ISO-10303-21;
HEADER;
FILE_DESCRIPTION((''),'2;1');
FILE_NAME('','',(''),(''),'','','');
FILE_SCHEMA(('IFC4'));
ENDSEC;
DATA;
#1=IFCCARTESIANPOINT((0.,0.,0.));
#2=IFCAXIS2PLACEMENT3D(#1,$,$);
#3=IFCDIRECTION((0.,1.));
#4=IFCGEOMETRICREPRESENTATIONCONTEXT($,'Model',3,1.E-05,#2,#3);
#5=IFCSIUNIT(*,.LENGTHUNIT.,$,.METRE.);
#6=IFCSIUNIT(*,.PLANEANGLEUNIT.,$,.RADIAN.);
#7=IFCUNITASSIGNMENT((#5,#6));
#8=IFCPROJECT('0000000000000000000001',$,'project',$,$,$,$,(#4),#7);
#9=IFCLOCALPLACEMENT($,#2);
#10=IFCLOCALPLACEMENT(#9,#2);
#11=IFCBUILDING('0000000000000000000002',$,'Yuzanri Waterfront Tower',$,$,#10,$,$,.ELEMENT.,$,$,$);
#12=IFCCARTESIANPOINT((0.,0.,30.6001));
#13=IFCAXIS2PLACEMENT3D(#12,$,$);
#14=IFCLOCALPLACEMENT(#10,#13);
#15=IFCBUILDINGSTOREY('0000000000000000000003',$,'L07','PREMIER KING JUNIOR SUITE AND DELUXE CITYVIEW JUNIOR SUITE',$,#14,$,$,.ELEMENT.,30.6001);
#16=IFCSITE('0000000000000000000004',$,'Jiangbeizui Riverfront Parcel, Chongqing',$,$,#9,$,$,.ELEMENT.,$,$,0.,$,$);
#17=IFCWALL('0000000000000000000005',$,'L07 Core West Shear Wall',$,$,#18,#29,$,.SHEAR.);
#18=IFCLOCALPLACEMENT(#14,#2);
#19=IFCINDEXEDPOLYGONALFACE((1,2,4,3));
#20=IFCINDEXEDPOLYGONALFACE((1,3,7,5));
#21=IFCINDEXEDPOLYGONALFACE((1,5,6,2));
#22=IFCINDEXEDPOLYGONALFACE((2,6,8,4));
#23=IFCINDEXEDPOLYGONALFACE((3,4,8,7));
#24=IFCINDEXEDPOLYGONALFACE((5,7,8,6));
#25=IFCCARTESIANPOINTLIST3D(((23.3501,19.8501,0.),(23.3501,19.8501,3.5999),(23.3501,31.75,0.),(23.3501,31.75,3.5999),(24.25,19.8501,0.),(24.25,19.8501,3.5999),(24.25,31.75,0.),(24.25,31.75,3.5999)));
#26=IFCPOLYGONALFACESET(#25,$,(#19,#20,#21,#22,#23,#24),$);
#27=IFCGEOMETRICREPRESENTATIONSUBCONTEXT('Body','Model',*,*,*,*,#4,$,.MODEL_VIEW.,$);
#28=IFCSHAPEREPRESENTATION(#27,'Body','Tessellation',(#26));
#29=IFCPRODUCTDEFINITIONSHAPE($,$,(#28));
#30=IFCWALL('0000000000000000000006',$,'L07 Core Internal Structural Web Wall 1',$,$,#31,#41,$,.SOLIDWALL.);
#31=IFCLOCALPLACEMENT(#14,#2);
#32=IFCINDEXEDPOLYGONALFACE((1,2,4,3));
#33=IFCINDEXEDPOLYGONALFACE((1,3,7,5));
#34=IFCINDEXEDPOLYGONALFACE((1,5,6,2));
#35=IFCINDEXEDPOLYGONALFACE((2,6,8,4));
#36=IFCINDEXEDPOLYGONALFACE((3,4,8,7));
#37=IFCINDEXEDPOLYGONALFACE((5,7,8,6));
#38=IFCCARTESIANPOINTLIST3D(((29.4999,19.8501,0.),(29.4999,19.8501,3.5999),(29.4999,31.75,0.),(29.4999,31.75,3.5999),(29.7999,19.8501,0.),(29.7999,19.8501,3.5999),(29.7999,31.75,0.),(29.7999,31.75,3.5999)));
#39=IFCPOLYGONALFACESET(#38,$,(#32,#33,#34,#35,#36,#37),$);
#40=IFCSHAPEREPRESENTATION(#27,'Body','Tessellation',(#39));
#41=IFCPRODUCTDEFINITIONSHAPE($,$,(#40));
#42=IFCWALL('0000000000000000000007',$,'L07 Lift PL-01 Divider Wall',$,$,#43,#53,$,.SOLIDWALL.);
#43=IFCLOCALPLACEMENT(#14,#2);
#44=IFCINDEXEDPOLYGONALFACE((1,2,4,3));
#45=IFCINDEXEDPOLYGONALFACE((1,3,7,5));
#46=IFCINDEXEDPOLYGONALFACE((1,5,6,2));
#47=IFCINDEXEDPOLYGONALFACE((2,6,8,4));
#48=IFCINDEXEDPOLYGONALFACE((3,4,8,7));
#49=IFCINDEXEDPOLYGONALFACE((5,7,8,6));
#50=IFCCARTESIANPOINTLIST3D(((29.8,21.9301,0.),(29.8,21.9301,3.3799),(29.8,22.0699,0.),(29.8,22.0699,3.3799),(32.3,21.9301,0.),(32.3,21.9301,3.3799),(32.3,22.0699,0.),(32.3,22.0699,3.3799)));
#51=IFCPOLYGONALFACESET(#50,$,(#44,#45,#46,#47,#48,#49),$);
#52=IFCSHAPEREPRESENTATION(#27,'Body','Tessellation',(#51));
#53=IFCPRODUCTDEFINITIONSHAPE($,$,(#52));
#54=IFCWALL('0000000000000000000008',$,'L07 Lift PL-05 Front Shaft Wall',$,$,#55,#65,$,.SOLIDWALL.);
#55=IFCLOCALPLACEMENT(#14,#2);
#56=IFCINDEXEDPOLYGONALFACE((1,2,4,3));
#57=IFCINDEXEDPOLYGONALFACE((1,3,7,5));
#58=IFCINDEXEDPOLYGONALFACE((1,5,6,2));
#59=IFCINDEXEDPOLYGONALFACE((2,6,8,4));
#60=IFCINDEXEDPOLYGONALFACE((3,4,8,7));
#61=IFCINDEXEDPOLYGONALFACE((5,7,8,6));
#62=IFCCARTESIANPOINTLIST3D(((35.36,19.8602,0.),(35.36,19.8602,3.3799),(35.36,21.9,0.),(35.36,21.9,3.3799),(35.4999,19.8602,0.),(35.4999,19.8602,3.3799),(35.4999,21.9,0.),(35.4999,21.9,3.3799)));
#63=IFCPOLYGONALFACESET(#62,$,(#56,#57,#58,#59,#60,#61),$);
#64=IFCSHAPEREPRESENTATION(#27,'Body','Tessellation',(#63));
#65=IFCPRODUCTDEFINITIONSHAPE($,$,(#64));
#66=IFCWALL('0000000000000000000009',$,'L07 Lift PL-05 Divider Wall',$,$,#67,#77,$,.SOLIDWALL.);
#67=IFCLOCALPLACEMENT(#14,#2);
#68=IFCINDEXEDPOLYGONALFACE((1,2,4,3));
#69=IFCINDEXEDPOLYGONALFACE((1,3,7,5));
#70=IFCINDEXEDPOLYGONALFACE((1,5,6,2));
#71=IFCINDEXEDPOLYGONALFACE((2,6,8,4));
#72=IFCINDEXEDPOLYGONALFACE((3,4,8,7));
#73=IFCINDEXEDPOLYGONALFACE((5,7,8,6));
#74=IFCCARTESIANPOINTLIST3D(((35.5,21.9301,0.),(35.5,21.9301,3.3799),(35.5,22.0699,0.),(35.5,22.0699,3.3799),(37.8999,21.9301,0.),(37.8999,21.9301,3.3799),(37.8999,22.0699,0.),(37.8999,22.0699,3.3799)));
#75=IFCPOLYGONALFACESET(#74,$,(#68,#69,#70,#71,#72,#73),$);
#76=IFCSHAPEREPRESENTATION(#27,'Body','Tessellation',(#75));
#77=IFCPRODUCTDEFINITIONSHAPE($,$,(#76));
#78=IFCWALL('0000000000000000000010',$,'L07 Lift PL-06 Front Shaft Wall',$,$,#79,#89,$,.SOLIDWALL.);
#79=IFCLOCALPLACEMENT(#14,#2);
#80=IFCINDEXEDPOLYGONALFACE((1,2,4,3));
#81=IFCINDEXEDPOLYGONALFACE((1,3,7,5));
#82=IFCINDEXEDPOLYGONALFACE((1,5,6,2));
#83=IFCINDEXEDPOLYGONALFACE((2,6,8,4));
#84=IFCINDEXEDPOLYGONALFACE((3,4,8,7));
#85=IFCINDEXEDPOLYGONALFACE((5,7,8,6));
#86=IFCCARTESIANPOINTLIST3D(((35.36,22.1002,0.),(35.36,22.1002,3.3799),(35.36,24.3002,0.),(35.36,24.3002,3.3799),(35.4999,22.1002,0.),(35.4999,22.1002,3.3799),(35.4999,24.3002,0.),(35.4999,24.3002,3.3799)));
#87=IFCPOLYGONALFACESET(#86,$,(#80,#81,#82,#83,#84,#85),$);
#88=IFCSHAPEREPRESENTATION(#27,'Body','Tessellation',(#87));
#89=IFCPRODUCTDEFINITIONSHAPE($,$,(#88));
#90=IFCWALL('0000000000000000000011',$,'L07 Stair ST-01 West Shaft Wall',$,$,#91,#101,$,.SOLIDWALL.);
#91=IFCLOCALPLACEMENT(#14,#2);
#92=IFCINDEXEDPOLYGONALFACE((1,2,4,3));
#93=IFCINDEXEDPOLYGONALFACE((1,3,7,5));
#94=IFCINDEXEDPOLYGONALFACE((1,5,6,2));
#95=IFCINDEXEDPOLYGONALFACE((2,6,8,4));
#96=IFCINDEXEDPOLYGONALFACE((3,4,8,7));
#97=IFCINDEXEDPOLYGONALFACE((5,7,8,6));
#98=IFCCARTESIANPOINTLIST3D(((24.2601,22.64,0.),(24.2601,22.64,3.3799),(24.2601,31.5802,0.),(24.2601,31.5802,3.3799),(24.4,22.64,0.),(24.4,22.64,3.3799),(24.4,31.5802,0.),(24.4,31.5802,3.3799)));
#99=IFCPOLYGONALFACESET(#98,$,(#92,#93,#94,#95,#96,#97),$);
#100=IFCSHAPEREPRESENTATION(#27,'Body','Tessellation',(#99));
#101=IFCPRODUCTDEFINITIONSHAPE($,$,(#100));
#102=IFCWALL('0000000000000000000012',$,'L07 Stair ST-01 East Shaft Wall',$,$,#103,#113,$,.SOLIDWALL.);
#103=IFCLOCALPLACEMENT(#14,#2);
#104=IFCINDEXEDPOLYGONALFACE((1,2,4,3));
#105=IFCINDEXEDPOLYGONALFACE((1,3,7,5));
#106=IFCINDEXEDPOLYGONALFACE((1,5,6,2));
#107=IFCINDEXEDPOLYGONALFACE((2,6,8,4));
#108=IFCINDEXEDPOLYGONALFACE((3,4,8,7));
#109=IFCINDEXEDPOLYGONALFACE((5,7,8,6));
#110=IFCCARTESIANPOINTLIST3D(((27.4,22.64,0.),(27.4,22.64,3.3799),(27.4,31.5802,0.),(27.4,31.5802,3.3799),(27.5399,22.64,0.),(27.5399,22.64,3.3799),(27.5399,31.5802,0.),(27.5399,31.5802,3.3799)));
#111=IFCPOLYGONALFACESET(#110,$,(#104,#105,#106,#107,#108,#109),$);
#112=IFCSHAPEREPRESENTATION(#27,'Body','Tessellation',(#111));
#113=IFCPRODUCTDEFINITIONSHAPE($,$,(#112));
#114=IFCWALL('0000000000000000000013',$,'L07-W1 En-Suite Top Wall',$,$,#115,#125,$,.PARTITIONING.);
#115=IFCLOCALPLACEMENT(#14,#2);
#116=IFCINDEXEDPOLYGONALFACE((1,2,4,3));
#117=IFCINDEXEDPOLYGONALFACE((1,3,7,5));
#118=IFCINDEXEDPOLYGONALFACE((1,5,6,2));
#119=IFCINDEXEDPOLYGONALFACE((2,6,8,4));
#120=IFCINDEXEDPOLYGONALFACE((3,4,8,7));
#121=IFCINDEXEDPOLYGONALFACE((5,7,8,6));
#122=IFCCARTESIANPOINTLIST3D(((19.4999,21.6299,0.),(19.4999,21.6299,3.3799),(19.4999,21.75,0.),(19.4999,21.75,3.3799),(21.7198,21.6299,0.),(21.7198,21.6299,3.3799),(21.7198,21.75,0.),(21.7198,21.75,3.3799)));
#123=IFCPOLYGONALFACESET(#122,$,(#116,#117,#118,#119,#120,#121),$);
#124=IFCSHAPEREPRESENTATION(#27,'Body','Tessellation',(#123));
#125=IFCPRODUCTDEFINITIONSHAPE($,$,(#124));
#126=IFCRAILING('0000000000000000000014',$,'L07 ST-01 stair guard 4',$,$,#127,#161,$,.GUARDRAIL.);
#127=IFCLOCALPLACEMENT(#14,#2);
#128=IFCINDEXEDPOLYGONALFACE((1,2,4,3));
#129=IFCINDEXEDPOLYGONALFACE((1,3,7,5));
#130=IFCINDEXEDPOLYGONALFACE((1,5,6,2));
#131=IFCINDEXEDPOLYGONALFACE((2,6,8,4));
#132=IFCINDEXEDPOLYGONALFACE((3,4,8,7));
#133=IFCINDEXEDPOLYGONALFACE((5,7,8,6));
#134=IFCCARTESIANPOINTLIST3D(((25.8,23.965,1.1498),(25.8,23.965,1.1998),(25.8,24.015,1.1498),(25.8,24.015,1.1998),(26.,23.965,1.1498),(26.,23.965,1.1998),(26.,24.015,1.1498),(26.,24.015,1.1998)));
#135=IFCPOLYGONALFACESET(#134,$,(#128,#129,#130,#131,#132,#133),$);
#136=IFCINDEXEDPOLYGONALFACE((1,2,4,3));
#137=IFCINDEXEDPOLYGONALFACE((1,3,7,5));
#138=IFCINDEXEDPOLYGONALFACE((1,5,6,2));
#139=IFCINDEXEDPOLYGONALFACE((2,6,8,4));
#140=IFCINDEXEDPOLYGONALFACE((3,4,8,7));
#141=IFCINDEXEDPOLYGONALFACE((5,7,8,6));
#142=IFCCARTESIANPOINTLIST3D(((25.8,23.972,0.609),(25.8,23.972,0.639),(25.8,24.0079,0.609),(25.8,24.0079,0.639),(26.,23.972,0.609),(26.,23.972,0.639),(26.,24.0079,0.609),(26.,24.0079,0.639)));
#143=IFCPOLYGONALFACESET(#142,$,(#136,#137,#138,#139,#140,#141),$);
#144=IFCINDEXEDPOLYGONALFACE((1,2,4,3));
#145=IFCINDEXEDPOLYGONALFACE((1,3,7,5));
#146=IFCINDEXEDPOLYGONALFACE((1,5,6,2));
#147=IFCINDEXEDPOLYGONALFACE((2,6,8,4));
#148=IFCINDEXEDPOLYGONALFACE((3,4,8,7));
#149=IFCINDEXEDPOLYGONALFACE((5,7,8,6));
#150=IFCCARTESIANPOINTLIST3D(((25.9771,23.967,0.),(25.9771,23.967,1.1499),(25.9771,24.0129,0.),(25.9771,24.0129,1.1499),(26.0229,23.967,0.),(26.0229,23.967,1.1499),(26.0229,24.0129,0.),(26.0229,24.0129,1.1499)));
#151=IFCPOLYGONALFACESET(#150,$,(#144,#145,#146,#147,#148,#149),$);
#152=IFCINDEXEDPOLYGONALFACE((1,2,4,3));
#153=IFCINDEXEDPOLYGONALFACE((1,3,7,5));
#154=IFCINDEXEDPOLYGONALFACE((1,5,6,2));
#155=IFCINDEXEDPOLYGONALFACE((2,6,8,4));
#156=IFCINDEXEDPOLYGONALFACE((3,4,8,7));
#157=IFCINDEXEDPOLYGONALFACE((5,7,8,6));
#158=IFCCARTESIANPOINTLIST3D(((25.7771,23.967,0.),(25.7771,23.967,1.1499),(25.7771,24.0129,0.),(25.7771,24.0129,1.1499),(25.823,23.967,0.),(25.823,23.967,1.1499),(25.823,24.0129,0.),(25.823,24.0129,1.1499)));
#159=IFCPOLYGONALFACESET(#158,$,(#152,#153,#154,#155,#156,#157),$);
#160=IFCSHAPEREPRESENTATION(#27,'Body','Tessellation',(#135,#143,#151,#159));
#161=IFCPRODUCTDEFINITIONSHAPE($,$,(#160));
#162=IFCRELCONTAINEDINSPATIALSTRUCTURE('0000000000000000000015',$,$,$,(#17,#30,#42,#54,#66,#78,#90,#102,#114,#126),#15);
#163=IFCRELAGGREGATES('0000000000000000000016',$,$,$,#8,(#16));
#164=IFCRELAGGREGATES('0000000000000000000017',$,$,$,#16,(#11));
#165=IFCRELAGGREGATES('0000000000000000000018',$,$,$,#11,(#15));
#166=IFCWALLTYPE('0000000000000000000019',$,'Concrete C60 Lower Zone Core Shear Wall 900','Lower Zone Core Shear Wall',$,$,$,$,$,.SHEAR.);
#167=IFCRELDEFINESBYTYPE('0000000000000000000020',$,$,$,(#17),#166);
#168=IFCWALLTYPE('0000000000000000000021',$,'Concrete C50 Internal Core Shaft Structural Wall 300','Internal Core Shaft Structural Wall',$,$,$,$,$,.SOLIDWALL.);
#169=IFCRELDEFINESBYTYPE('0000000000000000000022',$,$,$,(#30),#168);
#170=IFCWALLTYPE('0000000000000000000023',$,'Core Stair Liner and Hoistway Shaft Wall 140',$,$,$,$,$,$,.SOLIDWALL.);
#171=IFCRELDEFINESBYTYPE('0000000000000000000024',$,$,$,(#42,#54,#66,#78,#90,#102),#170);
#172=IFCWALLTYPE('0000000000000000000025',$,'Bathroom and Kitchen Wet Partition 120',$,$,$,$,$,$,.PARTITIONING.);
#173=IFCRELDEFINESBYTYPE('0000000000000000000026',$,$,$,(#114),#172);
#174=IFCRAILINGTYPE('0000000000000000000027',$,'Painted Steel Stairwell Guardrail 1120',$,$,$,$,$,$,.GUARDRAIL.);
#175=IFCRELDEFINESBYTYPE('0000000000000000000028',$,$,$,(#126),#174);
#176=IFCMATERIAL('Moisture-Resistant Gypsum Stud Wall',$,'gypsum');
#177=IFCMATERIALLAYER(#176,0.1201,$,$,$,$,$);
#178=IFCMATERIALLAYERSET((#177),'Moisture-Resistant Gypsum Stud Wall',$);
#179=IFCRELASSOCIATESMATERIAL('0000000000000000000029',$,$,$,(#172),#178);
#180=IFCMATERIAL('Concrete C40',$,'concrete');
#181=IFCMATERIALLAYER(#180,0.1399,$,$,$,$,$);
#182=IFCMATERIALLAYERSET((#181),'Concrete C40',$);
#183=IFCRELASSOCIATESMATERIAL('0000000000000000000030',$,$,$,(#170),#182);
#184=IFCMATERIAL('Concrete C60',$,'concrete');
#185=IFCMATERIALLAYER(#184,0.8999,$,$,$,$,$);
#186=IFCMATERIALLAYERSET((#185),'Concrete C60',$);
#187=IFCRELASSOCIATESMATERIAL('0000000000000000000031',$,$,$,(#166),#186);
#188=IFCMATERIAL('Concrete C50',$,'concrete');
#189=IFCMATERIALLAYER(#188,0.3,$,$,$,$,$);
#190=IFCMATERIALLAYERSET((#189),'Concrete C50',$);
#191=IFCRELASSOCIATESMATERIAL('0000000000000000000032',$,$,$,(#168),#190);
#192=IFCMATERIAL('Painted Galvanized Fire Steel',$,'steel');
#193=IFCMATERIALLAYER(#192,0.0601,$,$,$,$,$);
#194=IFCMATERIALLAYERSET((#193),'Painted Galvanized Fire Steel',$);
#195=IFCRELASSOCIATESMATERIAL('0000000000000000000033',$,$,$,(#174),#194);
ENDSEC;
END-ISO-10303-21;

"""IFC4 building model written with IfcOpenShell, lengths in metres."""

from ifc_helpers import new_model, si_unit, direction, frame, frame_2d, origin, origin_2d, place, context, subcontext, project, spatial, rectangle, extrude, source, transform, mapped, material, layer, layer_set, type_object, element, save


model = new_model("IFC4")

# Units and contexts
model_context = context("Model", 3, precision=1e-05, world=origin(), true_north=direction((0.0, 1.0)))
body_context = subcontext(model_context, "Body", "Model", "MODEL_VIEW")
ifc_project = project(units=[si_unit("LENGTHUNIT", "METRE"), si_unit("PLANEANGLEUNIT", "RADIAN")], contexts=[model_context])

# Site, building, storey
site_placement = place(None, origin())
site = spatial("IfcSite", under=ifc_project, at=site_placement, Name="Jiangbeizui Riverfront Parcel, Chongqing", CompositionType="ELEMENT", RefElevation=0.0)
building_placement = place(site_placement, origin())
building = spatial("IfcBuilding", under=site, at=building_placement, Name="Yuzanri Waterfront Tower", CompositionType="ELEMENT")
storey_placement = place(building_placement, frame((0.0, 0.0, 30.6001)))
storey = spatial("IfcBuildingStorey", under=building, at=storey_placement, Name="L07", Description="PREMIER KING JUNIOR SUITE AND DELUXE CITYVIEW JUNIOR SUITE", CompositionType="ELEMENT", Elevation=30.6001)

# Shared definitions
ifc_material_1 = material(Name="Moisture-Resistant Gypsum Stud Wall", Category="gypsum")
ifc_layer_1 = layer(ifc_material_1, 0.1201)
ifc_layer_set_1 = layer_set([ifc_layer_1], Name="Moisture-Resistant Gypsum Stud Wall")
wall_type_1 = type_object("IfcWallType", Name="Bathroom and Kitchen Wet Partition 120", PredefinedType="PARTITIONING", material=ifc_layer_set_1)
ifc_material_2 = material(Name="Concrete C40", Category="concrete")
ifc_layer_2 = layer(ifc_material_2, 0.1399)
ifc_layer_set_2 = layer_set([ifc_layer_2], Name="Concrete C40")
wall_type_2 = type_object("IfcWallType", Name="Core Stair Liner and Hoistway Shaft Wall 140", PredefinedType="SOLIDWALL", material=ifc_layer_set_2)

# Walls
ifc_material_3 = material(Name="Concrete C60", Category="concrete")
ifc_layer_3 = layer(ifc_material_3, 0.8999)
ifc_layer_set_3 = layer_set([ifc_layer_3], Name="Concrete C60")
wall_type_3 = type_object("IfcWallType", Name="Concrete C60 Lower Zone Core Shear Wall 900", Description="Lower Zone Core Shear Wall", PredefinedType="SHEAR", material=ifc_layer_set_3)
shared_shape_1 = source(origin(), body_context, "Body", "SweptSolid", [
    extrude(rectangle(XDim=11.8999, YDim=0.8999, at=frame_2d((5.95, 0.0))), origin(), (0.0, 0.0, 1.0), 3.5999),
])
wall_1_placement = place(storey_placement, frame((23.8, 19.8501, 0.0), z_axis=(0.0, 0.0, 1.0), x_axis=(0.0, 1.0, 0.0)))
element("IfcWall", 1, at=wall_1_placement, inside=storey, type_object=wall_type_3, Name="L07 Core West Shear Wall", PredefinedType="SHEAR", context=body_context, shape_type="MappedRepresentation", body=[
    mapped(shared_shape_1, transform((0.0, 0.0, 0.0), scale=1.0)),
])
ifc_material_4 = material(Name="Concrete C50", Category="concrete")
ifc_layer_4 = layer(ifc_material_4, 0.3)
ifc_layer_set_4 = layer_set([ifc_layer_4], Name="Concrete C50")
wall_type_4 = type_object("IfcWallType", Name="Concrete C50 Internal Core Shaft Structural Wall 300", Description="Internal Core Shaft Structural Wall", PredefinedType="SOLIDWALL", material=ifc_layer_set_4)
shared_shape_2 = source(origin(), body_context, "Body", "SweptSolid", [
    extrude(rectangle(XDim=11.8999, YDim=0.3, at=frame_2d((5.95, 0.0))), origin(), (0.0, 0.0, 1.0), 3.5999),
])
wall_2_placement = place(storey_placement, frame((29.6499, 19.8501, 0.0), z_axis=(0.0, 0.0, 1.0), x_axis=(0.0, 1.0, 0.0)))
element("IfcWall", 2, at=wall_2_placement, inside=storey, type_object=wall_type_4, Name="L07 Core Internal Structural Web Wall 1", PredefinedType="SOLIDWALL", context=body_context, shape_type="MappedRepresentation", body=[
    mapped(shared_shape_2, transform((0.0, 0.0, 0.0), scale=1.0)),
])
shared_shape_3 = source(origin(), body_context, "Body", "SweptSolid", [
    extrude(rectangle(XDim=2.5, YDim=0.1399, at=frame_2d((1.25, 0.0))), origin(), (0.0, 0.0, 1.0), 3.3799),
])
wall_3_placement = place(storey_placement, frame((29.8, 22.0, 0.0), z_axis=(0.0, 0.0, 1.0), x_axis=(1.0, 0.0, 0.0)))
element("IfcWall", 3, at=wall_3_placement, inside=storey, type_object=wall_type_2, Name="L07 Lift PL-01 Divider Wall", PredefinedType="SOLIDWALL", context=body_context, shape_type="MappedRepresentation", body=[
    mapped(shared_shape_3, transform((0.0, 0.0, 0.0), scale=1.0)),
])
shared_shape_4 = source(origin(), body_context, "Body", "SweptSolid", [
    extrude(rectangle(XDim=2.0398, YDim=0.1399, at=frame_2d((1.02, 0.0))), origin(), (0.0, 0.0, 1.0), 3.3799),
])
wall_4_placement = place(storey_placement, frame((35.4299, 19.8601, 0.0), z_axis=(0.0, 0.0, 1.0), x_axis=(0.0, 1.0, 0.0)))
element("IfcWall", 4, at=wall_4_placement, inside=storey, type_object=wall_type_2, Name="L07 Lift PL-05 Front Shaft Wall", PredefinedType="SOLIDWALL", context=body_context, shape_type="MappedRepresentation", body=[
    mapped(shared_shape_4, transform((0.0, 0.0, 0.0), scale=1.0)),
])
shared_shape_5 = source(origin(), body_context, "Body", "SweptSolid", [
    extrude(rectangle(XDim=2.3999, YDim=0.1399, at=frame_2d((1.2, 0.0))), origin(), (0.0, 0.0, 1.0), 3.3799),
])
wall_5_placement = place(storey_placement, frame((35.5, 22.0, 0.0), z_axis=(0.0, 0.0, 1.0), x_axis=(1.0, 0.0, 0.0)))
element("IfcWall", 5, at=wall_5_placement, inside=storey, type_object=wall_type_2, Name="L07 Lift PL-05 Divider Wall", PredefinedType="SOLIDWALL", context=body_context, shape_type="MappedRepresentation", body=[
    mapped(shared_shape_5, transform((0.0, 0.0, 0.0), scale=1.0)),
])
shared_shape_6 = source(origin(), body_context, "Body", "SweptSolid", [
    extrude(rectangle(XDim=2.2, YDim=0.1399, at=frame_2d((1.1001, 0.0))), origin(), (0.0, 0.0, 1.0), 3.3799),
])
wall_6_placement = place(storey_placement, frame((35.4299, 22.1001, 0.0), z_axis=(0.0, 0.0, 1.0), x_axis=(0.0, 1.0, 0.0)))
element("IfcWall", 6, at=wall_6_placement, inside=storey, type_object=wall_type_2, Name="L07 Lift PL-06 Front Shaft Wall", PredefinedType="SOLIDWALL", context=body_context, shape_type="MappedRepresentation", body=[
    mapped(shared_shape_6, transform((0.0, 0.0, 0.0), scale=1.0)),
])
shared_shape_7 = source(origin(), body_context, "Body", "SweptSolid", [
    extrude(rectangle(XDim=8.9402, YDim=0.1399, at=frame_2d((4.4702, 0.0))), origin(), (0.0, 0.0, 1.0), 3.3799),
])
for number, where, z_axis, x_axis, name in (
    (7, (24.3301, 22.6399, 0.0), (0.0, 0.0, 1.0), (0.0, 1.0, 0.0), "L07 Stair ST-01 West Shaft Wall"),
    (8, (27.47, 22.6399, 0.0), (0.0, 0.0, 1.0), (0.0, 1.0, 0.0), "L07 Stair ST-01 East Shaft Wall"),
):
    element("IfcWall", number, at=place(storey_placement, frame(where, z_axis=z_axis, x_axis=x_axis)), inside=storey, type_object=wall_type_2, Name=name, PredefinedType="SOLIDWALL", context=body_context, shape_type="MappedRepresentation", body=[
        mapped(shared_shape_7, transform((0.0, 0.0, 0.0), scale=1.0)),
    ])
shared_shape_8 = source(origin(), body_context, "Body", "SweptSolid", [
    extrude(rectangle(XDim=2.22, YDim=0.1201, at=frame_2d((1.1099, 0.0))), origin(), (0.0, 0.0, 1.0), 3.3799),
])
wall_7_placement = place(storey_placement, frame((19.5, 21.6899, 0.0), z_axis=(0.0, 0.0, 1.0), x_axis=(1.0, 0.0, 0.0)))
element("IfcWall", 9, at=wall_7_placement, inside=storey, type_object=wall_type_1, Name="L07-W1 En-Suite Top Wall", PredefinedType="PARTITIONING", context=body_context, shape_type="MappedRepresentation", body=[
    mapped(shared_shape_8, transform((0.0, 0.0, 0.0), scale=1.0)),
])

# Railing
ifc_material_5 = material(Name="Painted Galvanized Fire Steel", Category="steel")
ifc_layer_5 = layer(ifc_material_5, 0.0601)
ifc_layer_set_5 = layer_set([ifc_layer_5], Name="Painted Galvanized Fire Steel")
railing_type = type_object("IfcRailingType", Name="Painted Steel Stairwell Guardrail 1120", PredefinedType="GUARDRAIL", material=ifc_layer_set_5)
shared_shape_9 = source(origin(), body_context, "Body", "SweptSolid", [
    extrude(rectangle(XDim=0.05, YDim=0.05, at=origin_2d()), frame((0.0, 0.0, 1.1748), z_axis=(-1.0, 0.0, 0.0), x_axis=(0.0, -1.0, 0.0)), (0.0, 0.0, 1.0), 0.2),
    extrude(rectangle(XDim=0.0359, YDim=0.03, at=origin_2d()), frame((0.0, 0.0, 0.624), z_axis=(-1.0, 0.0, 0.0), x_axis=(0.0, -1.0, 0.0)), (0.0, 0.0, 1.0), 0.2),
    extrude(rectangle(XDim=0.0459, YDim=0.0459, at=origin_2d()), origin(), (0.0, 0.0, 1.0), 1.1499),
    extrude(rectangle(XDim=0.0459, YDim=0.0459, at=origin_2d()), frame((-0.2, 0.0, 0.0)), (0.0, 0.0, 1.0), 1.1499),
])
railing_1_placement = place(storey_placement, frame((26.0, 23.99, 0.0)))
element("IfcRailing", 10, at=railing_1_placement, inside=storey, type_object=railing_type, Name="L07 ST-01 stair guard 4", PredefinedType="GUARDRAIL", context=body_context, shape_type="MappedRepresentation", body=[
    mapped(shared_shape_9, transform((0.0, 0.0, 0.0), scale=1.0)),
])

save(model, "model.ifc")
